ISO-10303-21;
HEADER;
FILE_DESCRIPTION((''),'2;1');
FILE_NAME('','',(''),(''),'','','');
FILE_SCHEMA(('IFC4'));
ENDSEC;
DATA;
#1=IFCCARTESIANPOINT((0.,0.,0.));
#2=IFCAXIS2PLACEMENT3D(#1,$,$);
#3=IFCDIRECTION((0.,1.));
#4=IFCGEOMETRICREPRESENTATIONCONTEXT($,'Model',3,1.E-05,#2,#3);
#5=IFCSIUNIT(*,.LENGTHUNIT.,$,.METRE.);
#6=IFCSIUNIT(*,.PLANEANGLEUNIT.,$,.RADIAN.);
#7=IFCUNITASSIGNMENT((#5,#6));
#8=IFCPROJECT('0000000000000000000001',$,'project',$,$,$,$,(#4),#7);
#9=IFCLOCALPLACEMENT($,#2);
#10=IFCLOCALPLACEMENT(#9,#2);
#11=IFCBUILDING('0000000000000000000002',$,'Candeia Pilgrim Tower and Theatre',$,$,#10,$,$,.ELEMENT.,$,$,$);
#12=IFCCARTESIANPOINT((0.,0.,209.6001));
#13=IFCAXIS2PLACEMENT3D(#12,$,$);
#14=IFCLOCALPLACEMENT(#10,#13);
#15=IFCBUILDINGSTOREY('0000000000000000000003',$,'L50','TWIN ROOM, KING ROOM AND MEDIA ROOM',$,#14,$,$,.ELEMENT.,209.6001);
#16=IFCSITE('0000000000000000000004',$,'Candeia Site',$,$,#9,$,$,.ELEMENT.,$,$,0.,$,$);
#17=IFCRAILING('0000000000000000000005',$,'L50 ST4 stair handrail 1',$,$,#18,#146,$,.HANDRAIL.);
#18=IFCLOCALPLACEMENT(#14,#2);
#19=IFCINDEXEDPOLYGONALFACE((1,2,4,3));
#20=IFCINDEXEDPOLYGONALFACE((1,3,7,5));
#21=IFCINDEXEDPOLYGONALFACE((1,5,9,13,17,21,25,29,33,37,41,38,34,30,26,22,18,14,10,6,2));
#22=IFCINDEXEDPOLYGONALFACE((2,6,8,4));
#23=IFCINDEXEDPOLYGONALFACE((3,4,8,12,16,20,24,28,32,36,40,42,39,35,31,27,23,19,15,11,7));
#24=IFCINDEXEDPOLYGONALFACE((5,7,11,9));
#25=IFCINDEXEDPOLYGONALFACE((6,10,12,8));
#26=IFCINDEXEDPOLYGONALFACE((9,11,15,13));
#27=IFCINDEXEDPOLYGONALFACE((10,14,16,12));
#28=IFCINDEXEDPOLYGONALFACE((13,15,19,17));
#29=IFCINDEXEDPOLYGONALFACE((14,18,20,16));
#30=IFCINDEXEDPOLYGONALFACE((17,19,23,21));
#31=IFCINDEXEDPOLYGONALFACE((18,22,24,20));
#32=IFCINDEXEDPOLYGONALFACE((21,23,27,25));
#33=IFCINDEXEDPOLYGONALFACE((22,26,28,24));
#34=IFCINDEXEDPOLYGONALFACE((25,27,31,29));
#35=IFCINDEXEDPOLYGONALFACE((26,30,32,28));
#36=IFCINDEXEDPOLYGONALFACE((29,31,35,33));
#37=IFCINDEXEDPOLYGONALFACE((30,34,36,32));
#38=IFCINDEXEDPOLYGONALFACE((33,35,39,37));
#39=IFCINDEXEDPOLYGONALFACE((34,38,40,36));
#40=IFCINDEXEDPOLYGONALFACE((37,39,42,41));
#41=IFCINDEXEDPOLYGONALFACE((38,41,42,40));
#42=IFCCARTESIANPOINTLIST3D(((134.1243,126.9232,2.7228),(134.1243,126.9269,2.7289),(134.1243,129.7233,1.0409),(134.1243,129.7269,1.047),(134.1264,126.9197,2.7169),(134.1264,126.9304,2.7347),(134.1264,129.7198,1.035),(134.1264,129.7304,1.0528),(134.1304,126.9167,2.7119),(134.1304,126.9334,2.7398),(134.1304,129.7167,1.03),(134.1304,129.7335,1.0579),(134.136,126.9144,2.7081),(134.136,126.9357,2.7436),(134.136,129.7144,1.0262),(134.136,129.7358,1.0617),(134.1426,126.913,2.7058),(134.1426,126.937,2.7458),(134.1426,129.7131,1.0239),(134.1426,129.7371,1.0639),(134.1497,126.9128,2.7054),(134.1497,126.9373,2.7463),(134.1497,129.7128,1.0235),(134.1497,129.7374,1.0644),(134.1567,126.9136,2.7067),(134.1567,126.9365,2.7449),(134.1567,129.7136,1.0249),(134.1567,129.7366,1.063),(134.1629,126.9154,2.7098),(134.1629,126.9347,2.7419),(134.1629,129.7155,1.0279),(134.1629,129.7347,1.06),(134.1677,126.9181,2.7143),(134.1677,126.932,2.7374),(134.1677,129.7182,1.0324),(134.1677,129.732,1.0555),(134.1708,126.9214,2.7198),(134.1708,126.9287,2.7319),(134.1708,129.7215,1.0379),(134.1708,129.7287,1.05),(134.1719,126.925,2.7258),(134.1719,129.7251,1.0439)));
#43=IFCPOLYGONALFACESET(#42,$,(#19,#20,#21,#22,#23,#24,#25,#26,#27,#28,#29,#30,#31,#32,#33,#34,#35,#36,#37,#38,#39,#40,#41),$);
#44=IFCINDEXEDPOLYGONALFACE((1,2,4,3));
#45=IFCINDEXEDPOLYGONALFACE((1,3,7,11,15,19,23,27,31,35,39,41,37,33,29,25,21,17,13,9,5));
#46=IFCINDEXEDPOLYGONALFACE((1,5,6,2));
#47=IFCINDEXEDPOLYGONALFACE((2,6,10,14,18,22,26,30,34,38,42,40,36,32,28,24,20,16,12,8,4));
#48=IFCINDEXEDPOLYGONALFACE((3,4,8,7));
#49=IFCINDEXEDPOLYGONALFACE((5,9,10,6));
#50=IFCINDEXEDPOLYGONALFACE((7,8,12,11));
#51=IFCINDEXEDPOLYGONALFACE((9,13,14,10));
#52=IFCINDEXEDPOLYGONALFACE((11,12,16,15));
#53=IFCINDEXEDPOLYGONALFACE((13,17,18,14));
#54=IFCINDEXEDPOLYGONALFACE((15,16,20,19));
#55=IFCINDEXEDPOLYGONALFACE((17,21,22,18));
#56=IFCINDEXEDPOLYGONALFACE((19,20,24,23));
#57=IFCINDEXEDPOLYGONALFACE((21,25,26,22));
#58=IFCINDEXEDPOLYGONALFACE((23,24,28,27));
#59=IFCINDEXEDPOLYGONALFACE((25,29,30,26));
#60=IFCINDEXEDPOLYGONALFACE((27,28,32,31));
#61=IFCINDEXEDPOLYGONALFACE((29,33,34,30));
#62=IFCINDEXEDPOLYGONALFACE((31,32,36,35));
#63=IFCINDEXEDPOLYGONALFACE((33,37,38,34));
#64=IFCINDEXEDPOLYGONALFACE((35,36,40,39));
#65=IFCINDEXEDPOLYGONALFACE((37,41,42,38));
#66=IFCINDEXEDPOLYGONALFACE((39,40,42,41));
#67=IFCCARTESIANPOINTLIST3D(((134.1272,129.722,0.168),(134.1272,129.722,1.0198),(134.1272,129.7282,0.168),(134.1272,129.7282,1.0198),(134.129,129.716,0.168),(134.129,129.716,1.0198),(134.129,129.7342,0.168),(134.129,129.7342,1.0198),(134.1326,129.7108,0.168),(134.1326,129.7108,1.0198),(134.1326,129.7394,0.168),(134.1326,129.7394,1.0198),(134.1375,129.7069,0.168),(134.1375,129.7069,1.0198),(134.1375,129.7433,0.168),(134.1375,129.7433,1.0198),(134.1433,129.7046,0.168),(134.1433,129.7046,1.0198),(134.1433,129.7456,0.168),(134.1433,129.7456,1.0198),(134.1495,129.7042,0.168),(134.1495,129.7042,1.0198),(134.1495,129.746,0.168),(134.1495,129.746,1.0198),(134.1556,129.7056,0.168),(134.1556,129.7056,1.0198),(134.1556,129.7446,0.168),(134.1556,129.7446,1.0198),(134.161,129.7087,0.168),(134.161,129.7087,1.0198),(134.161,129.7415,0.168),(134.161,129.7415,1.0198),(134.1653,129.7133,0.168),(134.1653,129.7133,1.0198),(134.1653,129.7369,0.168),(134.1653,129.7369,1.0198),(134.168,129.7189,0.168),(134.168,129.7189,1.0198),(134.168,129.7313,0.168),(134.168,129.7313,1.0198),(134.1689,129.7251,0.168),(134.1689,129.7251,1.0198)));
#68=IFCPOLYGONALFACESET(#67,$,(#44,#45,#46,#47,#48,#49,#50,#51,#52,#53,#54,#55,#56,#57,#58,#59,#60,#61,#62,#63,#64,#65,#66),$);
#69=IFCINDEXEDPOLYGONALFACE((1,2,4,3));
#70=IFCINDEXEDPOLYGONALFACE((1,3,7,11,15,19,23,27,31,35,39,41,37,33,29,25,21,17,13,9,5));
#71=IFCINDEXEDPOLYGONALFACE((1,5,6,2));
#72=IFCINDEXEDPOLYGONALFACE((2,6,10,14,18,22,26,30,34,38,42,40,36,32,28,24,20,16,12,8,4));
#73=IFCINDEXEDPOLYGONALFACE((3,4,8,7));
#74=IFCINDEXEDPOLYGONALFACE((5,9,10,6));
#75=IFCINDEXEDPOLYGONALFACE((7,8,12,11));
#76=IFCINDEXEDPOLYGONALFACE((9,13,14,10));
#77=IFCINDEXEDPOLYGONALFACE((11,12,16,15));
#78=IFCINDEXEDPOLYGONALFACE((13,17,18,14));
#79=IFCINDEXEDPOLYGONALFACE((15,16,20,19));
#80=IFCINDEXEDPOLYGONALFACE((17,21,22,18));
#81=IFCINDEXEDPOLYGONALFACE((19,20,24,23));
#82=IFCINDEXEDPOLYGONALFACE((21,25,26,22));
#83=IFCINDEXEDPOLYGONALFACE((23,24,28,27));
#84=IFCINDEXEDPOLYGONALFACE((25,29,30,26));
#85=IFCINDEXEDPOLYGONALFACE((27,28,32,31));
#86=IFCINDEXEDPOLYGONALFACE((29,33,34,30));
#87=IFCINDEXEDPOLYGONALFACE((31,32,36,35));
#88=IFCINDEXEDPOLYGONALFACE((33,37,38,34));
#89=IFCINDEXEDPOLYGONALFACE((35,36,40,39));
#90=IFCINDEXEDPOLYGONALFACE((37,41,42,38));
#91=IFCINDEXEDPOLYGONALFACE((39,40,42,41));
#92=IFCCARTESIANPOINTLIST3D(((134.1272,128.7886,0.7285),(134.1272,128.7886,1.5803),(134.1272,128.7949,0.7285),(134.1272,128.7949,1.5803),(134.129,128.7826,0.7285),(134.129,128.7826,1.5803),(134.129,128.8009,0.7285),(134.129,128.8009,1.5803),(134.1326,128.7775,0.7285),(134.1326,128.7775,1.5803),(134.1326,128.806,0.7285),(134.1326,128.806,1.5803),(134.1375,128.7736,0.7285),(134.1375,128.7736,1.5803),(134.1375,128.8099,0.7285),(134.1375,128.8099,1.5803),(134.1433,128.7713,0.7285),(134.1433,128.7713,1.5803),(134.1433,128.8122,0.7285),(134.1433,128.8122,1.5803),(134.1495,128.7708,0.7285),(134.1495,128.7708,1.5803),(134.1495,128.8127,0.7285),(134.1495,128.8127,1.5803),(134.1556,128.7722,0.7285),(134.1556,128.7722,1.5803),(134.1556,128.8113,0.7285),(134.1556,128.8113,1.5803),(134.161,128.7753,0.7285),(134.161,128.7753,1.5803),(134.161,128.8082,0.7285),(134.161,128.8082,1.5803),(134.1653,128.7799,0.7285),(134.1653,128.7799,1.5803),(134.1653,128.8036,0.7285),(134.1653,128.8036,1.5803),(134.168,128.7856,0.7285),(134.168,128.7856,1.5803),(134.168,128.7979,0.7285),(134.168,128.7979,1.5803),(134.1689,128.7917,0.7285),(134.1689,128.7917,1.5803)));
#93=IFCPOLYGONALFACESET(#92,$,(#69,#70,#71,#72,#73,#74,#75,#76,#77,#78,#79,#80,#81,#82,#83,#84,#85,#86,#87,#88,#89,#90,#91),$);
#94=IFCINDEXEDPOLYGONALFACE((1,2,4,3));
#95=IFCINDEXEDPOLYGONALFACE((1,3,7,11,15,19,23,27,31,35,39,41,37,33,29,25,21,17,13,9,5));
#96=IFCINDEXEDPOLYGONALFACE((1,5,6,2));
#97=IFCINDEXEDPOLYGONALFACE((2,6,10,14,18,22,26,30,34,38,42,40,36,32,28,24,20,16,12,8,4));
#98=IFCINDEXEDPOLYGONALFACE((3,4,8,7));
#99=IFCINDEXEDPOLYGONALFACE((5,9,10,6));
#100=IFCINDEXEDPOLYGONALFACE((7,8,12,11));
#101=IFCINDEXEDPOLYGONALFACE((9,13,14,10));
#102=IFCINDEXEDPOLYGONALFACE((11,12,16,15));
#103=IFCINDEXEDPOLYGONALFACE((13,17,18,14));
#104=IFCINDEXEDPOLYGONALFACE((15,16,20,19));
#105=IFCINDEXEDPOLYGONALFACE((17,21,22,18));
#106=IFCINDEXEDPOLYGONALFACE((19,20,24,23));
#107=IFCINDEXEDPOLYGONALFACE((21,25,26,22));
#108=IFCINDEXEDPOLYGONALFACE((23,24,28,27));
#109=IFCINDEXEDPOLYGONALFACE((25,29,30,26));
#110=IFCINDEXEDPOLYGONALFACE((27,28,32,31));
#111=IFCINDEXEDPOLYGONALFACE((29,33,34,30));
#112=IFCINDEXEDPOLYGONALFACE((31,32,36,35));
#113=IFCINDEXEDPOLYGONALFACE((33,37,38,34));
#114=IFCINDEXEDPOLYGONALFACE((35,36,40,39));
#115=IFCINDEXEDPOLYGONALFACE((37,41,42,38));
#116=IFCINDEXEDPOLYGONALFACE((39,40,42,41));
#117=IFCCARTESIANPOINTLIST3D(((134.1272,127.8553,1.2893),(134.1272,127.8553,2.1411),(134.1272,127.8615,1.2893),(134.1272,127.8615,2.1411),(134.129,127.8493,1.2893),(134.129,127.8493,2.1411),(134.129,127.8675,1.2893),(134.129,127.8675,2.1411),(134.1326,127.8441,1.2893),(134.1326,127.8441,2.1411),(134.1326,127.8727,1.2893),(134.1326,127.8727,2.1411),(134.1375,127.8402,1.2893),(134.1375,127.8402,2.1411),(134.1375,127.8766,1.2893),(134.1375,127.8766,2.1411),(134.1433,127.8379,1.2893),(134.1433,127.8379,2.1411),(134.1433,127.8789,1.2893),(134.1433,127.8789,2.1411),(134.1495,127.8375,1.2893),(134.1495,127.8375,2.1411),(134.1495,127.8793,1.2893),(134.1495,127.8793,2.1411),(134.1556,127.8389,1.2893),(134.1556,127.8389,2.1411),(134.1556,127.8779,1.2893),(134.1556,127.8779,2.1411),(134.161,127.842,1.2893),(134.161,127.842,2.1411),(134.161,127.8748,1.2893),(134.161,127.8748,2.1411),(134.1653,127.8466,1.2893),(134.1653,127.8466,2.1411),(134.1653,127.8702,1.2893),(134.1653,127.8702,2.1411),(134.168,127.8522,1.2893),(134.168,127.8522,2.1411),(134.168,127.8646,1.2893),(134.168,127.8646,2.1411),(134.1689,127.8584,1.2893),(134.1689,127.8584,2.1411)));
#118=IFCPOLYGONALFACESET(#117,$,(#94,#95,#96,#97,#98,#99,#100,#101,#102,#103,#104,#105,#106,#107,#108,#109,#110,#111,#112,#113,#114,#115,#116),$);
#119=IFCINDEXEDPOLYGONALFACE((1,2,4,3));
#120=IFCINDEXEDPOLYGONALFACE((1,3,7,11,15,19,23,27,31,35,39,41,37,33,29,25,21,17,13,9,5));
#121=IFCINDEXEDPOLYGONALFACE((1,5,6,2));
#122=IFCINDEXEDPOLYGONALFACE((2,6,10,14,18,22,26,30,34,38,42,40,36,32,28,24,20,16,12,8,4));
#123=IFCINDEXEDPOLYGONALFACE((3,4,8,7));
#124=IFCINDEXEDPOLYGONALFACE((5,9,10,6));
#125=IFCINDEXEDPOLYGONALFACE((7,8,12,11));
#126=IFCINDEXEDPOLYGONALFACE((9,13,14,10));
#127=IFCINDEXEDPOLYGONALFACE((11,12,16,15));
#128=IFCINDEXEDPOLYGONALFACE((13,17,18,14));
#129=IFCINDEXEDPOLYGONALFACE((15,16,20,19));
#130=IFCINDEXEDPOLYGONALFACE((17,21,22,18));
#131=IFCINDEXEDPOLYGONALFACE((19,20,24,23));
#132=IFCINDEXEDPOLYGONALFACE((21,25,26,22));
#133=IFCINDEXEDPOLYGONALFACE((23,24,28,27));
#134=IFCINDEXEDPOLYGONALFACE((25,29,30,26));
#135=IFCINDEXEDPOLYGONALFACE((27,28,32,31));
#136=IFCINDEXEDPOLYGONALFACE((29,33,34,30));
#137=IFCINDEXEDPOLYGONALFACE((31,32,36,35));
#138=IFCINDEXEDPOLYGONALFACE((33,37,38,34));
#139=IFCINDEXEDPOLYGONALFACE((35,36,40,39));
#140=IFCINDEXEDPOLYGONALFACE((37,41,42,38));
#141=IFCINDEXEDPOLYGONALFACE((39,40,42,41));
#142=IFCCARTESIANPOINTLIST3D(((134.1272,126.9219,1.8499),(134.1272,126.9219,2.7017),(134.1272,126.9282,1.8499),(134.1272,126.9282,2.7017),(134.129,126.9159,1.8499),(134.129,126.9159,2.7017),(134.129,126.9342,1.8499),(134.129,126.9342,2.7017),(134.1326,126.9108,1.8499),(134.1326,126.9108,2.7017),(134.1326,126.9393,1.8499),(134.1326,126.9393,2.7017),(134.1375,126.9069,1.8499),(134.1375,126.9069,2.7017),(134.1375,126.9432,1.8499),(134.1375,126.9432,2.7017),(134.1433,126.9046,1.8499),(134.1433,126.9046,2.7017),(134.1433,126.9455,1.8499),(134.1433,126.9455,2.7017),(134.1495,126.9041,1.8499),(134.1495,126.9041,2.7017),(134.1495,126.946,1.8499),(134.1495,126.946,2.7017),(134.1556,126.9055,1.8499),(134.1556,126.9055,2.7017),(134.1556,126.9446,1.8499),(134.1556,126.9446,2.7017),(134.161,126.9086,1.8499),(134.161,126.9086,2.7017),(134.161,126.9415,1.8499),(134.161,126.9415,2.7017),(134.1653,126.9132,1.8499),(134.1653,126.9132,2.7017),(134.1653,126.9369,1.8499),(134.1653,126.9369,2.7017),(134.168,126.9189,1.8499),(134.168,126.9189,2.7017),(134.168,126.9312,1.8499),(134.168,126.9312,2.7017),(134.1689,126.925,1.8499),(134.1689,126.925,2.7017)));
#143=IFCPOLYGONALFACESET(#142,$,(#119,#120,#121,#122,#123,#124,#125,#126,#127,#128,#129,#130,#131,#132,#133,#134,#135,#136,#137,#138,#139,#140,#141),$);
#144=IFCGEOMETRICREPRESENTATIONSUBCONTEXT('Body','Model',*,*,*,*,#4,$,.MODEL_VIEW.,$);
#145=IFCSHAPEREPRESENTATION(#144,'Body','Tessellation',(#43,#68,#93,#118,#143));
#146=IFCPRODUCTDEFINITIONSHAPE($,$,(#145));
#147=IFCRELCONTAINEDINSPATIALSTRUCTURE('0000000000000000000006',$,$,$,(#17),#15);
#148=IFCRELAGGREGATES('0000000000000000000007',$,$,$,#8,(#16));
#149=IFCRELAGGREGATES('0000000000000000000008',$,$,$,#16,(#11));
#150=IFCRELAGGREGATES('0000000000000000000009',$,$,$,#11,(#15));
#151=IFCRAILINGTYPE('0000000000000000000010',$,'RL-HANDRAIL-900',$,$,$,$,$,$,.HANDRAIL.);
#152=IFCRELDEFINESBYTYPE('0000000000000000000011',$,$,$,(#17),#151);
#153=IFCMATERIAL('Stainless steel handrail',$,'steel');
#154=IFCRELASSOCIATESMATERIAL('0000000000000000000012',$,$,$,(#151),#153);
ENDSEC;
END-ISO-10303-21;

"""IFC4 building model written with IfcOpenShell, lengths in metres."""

from ifc_helpers import new_model, si_unit, direction, frame, origin, origin_2d, place, context, subcontext, project, spatial, circle, extrude, material, type_object, element, save


model = new_model("IFC4")

# Units and contexts
model_context = context("Model", 3, precision=1e-05, world=origin(), true_north=direction((0.0, 1.0)))
body_context = subcontext(model_context, "Body", "Model", "MODEL_VIEW")
ifc_project = project(units=[si_unit("LENGTHUNIT", "METRE"), si_unit("PLANEANGLEUNIT", "RADIAN")], contexts=[model_context])

# Site, building, storey
site_placement = place(None, origin())
site = spatial("IfcSite", under=ifc_project, at=site_placement, Name="Candeia Site", CompositionType="ELEMENT", RefElevation=0.0)
building_placement = place(site_placement, origin())
building = spatial("IfcBuilding", under=site, at=building_placement, Name="Candeia Pilgrim Tower and Theatre", CompositionType="ELEMENT")
storey_placement = place(building_placement, frame((0.0, 0.0, 209.6001)))
storey = spatial("IfcBuildingStorey", under=building, at=storey_placement, Name="L50", Description="TWIN ROOM, KING ROOM AND MEDIA ROOM", CompositionType="ELEMENT", Elevation=209.6001)

# Railing
ifc_material_1 = material(Name="Stainless steel handrail", Category="steel")
railing_type_1 = type_object("IfcRailingType", Name="RL-HANDRAIL-900", PredefinedType="HANDRAIL", material=ifc_material_1)
railing_1_placement = place(storey_placement, frame((134.1479, 129.7251, 0.168)))
element("IfcRailing", 1, at=railing_1_placement, inside=storey, type_object=railing_type_1, Name="L50 ST4 stair handrail 1", PredefinedType="HANDRAIL", context=body_context, shape_type="SweptSolid", body=[
    extrude(circle(Radius=0.0239, at=origin_2d()), frame((0.0, 0.0, 0.876), z_axis=(0.0, -0.857242, 0.514913), x_axis=(1.0, 0.0, 0.0)), (0.0, 0.0, 1.0), 3.2664),
    extrude(circle(Radius=0.021, at=origin_2d()), origin(), (0.0, 0.0, 1.0), 0.8518),
    extrude(circle(Radius=0.021, at=origin_2d()), frame((0.0, -0.9333, 0.5605)), (0.0, 0.0, 1.0), 0.8518),
    extrude(circle(Radius=0.021, at=origin_2d()), frame((0.0, -1.8667, 1.1213)), (0.0, 0.0, 1.0), 0.8518),
    extrude(circle(Radius=0.021, at=origin_2d()), frame((0.0, -2.8, 1.6819)), (0.0, 0.0, 1.0), 0.8518),
])

save(model, "model.ifc")
